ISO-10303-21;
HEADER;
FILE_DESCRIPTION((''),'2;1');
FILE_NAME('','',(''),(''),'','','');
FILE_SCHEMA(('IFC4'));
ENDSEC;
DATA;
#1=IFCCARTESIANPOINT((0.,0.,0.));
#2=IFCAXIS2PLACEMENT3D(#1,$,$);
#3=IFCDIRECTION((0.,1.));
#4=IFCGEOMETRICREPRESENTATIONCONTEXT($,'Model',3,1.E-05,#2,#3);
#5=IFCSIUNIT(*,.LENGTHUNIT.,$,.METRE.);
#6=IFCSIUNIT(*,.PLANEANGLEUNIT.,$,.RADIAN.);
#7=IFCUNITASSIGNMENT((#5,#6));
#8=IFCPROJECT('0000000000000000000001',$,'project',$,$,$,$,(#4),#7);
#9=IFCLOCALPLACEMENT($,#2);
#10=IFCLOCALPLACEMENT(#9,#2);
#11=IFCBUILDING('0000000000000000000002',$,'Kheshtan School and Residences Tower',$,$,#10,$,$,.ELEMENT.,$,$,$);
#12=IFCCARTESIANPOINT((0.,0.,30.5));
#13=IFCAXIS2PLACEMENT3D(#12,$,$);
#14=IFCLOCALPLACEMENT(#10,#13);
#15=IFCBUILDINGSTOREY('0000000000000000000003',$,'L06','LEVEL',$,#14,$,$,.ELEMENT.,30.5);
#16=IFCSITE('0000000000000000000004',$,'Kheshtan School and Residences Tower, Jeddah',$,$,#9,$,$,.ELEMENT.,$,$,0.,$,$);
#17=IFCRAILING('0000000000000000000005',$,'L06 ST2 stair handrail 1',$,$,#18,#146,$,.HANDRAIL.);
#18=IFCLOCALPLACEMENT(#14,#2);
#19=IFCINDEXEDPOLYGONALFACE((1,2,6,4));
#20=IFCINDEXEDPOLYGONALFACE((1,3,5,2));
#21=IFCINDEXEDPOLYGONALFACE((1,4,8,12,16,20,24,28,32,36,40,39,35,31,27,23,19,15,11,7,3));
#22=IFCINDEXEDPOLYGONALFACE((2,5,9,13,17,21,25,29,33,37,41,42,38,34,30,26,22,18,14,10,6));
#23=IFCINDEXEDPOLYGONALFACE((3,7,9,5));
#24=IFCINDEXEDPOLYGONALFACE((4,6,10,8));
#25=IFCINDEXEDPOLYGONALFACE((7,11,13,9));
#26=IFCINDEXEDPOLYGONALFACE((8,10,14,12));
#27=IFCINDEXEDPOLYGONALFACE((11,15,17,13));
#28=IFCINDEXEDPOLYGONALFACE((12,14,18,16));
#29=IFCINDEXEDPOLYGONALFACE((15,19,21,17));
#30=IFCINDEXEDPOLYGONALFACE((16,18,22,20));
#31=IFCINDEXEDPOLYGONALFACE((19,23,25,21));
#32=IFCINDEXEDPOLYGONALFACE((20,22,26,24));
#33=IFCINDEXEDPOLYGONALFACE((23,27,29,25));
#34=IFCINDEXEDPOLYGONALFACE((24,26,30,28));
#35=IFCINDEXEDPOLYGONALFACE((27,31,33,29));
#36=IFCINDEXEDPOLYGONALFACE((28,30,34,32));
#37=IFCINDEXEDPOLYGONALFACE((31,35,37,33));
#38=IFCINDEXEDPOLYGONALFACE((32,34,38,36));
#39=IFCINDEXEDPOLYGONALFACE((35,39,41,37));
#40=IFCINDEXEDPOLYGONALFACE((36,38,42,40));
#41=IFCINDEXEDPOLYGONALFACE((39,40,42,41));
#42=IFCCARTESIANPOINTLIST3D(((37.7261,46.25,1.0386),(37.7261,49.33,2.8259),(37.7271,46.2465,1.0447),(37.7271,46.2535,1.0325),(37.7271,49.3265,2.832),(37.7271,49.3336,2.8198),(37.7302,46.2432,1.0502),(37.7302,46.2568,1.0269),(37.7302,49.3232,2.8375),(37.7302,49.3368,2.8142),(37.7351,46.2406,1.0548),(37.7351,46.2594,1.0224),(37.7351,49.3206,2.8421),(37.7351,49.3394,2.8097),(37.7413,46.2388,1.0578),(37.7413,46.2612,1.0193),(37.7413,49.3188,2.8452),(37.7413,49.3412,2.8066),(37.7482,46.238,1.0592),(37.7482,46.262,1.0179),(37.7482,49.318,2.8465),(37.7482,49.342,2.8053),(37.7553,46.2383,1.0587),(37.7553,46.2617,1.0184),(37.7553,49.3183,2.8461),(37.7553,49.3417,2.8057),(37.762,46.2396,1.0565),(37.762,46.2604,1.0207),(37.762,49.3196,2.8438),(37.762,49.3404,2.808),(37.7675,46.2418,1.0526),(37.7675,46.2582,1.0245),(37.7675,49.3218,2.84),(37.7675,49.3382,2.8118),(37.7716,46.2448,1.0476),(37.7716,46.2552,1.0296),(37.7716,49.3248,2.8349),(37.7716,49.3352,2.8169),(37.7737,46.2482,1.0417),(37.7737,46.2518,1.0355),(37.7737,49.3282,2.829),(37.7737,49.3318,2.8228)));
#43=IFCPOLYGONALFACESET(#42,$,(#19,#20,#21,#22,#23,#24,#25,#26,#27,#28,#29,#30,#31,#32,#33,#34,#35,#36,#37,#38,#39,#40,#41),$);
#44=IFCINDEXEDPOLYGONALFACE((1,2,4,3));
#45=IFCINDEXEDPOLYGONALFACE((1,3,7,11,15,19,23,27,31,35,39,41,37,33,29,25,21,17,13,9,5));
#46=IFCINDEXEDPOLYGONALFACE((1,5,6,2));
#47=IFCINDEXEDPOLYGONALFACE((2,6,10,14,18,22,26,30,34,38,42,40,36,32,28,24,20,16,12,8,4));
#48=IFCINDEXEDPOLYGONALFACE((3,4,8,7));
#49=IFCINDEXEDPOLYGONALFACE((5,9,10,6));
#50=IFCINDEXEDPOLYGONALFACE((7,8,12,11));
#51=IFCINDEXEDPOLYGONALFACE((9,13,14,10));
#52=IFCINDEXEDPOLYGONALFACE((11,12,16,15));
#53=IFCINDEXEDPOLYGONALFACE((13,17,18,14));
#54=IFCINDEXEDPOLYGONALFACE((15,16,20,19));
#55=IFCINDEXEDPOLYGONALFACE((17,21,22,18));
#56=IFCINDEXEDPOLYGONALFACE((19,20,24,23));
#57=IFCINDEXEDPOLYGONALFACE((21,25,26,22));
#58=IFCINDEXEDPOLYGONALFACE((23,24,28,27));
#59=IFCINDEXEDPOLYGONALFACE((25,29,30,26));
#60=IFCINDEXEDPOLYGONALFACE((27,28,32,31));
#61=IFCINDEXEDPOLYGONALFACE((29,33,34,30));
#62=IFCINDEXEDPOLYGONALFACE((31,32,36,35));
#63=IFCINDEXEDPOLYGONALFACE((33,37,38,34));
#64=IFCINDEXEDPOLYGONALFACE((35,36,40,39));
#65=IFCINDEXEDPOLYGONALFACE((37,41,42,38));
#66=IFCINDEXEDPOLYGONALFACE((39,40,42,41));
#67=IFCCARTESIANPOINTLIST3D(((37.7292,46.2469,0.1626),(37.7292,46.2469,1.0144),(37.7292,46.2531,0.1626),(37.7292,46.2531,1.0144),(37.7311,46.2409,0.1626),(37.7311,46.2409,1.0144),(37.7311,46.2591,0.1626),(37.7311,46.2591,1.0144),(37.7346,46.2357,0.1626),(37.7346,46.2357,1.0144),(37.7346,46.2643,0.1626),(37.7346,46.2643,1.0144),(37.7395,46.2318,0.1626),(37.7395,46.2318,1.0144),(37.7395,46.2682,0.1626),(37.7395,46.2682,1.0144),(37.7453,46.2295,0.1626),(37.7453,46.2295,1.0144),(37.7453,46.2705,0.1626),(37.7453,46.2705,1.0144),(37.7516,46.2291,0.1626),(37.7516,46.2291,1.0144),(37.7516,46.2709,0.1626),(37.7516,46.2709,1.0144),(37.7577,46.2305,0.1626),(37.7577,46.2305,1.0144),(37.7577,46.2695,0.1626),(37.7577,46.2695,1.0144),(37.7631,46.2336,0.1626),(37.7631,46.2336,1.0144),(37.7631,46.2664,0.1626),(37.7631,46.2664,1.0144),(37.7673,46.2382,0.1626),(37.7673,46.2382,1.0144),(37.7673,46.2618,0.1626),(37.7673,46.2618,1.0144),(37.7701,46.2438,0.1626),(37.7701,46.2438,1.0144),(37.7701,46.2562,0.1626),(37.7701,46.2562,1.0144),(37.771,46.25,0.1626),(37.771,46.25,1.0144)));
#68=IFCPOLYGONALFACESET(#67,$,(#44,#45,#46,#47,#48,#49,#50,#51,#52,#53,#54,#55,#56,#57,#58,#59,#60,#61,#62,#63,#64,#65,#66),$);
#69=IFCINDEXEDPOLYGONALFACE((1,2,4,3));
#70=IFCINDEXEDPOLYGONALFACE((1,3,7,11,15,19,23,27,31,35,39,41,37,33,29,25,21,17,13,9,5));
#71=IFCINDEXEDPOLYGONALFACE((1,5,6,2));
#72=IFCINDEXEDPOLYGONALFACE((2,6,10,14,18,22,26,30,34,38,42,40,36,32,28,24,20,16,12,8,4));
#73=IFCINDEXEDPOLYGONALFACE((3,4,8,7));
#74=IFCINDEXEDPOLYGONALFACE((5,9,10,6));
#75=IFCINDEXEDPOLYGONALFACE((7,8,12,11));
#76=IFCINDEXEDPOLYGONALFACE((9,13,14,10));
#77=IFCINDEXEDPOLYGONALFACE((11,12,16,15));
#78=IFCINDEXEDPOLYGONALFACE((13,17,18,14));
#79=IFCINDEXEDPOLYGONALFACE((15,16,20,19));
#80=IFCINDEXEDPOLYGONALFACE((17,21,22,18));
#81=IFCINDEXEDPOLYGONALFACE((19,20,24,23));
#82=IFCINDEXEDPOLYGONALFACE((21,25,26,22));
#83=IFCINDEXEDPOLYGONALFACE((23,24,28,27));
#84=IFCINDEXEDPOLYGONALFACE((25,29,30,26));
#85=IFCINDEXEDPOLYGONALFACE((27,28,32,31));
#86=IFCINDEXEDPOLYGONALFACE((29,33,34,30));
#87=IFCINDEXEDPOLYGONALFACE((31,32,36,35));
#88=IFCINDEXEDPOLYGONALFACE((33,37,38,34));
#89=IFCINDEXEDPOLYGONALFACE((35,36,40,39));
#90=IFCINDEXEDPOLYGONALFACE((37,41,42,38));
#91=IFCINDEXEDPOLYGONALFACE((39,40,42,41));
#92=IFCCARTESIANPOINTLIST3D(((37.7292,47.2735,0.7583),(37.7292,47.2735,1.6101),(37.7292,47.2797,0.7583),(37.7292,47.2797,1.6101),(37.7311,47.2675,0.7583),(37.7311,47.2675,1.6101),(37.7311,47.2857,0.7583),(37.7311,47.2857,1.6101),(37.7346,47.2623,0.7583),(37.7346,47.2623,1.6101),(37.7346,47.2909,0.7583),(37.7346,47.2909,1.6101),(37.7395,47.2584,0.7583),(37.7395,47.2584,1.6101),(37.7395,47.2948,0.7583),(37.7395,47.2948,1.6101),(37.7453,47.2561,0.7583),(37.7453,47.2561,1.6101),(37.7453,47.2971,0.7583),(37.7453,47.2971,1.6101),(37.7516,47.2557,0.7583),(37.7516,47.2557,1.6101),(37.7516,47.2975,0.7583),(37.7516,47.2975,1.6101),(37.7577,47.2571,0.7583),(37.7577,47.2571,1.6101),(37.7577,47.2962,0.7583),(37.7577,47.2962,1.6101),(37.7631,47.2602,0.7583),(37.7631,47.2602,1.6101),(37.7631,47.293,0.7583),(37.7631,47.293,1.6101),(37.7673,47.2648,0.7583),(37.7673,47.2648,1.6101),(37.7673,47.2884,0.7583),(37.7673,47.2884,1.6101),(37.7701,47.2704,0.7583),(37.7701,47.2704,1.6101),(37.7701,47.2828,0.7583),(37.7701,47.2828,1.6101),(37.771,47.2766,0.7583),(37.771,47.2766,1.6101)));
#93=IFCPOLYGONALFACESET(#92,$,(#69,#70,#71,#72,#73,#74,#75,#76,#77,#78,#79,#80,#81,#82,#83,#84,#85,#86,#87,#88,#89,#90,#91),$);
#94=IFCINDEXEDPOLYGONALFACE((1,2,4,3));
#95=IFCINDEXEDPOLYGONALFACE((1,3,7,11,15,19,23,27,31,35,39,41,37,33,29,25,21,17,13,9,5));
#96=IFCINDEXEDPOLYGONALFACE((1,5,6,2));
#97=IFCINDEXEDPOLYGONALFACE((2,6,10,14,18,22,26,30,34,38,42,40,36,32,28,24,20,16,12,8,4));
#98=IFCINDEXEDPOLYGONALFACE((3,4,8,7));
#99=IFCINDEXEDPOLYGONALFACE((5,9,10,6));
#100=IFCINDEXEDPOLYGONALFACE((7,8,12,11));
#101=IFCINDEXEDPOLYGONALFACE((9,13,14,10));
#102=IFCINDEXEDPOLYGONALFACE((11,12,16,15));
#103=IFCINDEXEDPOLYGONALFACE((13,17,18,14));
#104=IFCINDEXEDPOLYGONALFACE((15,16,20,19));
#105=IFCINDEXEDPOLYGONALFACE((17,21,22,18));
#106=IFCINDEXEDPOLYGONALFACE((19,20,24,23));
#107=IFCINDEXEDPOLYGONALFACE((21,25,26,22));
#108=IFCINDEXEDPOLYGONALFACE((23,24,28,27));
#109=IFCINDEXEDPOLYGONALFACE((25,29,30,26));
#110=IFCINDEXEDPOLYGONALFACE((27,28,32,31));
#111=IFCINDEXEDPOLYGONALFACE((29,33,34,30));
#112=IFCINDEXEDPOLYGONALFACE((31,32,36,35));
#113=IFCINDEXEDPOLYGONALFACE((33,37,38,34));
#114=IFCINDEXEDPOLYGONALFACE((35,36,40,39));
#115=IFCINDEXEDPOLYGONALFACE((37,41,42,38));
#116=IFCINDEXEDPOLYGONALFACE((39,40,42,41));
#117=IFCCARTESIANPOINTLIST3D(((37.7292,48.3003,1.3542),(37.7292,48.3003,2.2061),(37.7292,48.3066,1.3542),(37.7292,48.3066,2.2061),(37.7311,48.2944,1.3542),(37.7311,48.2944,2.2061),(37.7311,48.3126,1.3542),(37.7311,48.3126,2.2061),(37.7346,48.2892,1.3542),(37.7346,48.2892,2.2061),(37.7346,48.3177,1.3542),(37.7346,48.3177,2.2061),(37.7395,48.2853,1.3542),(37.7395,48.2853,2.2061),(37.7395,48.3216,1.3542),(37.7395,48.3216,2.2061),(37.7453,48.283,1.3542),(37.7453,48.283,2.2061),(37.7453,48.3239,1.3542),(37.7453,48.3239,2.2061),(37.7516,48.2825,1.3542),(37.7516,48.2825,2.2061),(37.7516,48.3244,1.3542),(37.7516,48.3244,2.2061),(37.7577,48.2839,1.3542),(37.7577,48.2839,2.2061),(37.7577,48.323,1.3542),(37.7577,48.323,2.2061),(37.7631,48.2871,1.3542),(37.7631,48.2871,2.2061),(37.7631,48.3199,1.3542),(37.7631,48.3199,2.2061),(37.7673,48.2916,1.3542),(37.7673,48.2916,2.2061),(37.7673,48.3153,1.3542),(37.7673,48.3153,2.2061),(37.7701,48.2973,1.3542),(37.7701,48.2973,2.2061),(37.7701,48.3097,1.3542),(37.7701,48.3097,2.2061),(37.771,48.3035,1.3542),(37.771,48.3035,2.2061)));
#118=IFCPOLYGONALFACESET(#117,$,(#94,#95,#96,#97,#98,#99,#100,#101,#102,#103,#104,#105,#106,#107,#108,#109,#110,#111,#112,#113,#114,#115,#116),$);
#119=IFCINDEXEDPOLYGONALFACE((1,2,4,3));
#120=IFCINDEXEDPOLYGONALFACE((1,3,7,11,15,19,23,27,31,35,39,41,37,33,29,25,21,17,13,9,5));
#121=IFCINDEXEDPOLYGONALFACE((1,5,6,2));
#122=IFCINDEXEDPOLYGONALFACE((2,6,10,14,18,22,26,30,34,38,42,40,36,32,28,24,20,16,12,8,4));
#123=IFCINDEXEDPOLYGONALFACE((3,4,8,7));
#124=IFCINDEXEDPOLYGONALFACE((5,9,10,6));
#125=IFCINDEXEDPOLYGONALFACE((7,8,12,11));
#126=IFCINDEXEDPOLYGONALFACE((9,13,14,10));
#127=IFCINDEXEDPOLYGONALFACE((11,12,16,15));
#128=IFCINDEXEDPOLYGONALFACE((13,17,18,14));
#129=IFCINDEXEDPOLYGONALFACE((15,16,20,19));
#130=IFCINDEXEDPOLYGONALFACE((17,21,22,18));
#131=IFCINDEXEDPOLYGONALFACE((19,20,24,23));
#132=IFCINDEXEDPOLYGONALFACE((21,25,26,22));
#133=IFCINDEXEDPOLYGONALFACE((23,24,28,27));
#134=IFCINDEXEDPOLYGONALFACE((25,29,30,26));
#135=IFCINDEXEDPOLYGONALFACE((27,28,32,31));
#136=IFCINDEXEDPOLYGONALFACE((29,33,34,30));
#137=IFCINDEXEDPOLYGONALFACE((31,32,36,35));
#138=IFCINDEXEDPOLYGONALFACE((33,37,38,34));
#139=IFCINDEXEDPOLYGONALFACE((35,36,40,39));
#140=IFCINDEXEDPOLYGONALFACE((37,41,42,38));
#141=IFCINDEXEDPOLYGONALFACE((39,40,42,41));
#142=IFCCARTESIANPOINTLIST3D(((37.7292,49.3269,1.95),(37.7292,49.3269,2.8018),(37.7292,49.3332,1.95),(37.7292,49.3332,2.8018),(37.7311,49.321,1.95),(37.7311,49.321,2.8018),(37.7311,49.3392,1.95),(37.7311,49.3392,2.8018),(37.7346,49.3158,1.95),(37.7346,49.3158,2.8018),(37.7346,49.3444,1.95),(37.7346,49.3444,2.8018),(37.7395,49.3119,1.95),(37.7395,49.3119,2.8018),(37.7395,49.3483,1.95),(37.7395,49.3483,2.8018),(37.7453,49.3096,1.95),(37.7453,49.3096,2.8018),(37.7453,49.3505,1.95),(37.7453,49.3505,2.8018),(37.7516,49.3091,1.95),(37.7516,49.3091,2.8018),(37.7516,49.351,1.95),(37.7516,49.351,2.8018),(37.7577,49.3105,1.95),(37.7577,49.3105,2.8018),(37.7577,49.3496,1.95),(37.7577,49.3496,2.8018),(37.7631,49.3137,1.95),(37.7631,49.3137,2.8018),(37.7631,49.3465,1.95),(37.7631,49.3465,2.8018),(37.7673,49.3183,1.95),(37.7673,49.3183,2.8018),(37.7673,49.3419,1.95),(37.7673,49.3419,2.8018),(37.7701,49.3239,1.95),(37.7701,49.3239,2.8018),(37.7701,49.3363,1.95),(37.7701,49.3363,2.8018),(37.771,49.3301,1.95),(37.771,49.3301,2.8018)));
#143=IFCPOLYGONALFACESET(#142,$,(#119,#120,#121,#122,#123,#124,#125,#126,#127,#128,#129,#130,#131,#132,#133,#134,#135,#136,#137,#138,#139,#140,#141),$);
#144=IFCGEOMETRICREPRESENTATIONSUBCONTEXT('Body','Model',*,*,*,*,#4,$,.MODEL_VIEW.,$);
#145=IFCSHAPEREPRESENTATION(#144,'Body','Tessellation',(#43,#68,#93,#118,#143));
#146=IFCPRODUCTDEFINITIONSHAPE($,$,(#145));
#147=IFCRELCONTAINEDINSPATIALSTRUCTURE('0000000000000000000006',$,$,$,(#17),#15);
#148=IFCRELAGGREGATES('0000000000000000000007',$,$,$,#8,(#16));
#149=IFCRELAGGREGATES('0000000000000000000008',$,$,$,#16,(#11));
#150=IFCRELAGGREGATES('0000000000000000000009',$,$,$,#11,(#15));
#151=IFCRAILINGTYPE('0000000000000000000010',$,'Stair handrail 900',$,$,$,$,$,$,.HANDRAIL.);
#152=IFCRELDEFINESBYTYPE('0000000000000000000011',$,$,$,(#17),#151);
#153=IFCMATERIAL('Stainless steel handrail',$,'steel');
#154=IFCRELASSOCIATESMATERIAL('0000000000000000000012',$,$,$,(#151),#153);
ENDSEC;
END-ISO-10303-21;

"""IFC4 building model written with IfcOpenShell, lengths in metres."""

from ifc_helpers import new_model, si_unit, direction, frame, origin, origin_2d, place, context, subcontext, project, spatial, circle, extrude, material, type_object, element, save


model = new_model("IFC4")

# Units and contexts
model_context = context("Model", 3, precision=1e-05, world=origin(), true_north=direction((0.0, 1.0)))
body_context = subcontext(model_context, "Body", "Model", "MODEL_VIEW")
ifc_project = project(units=[si_unit("LENGTHUNIT", "METRE"), si_unit("PLANEANGLEUNIT", "RADIAN")], contexts=[model_context])

# Site, building, storey
site_placement = place(None, origin())
site = spatial("IfcSite", under=ifc_project, at=site_placement, Name="Kheshtan School and Residences Tower, Jeddah", CompositionType="ELEMENT", RefElevation=0.0)
building_placement = place(site_placement, origin())
building = spatial("IfcBuilding", under=site, at=building_placement, Name="Kheshtan School and Residences Tower", CompositionType="ELEMENT")
storey_placement = place(building_placement, frame((0.0, 0.0, 30.5)))
storey = spatial("IfcBuildingStorey", under=building, at=storey_placement, Name="L06", Description="LEVEL", CompositionType="ELEMENT", Elevation=30.5)

# Railing
ifc_material_1 = material(Name="Stainless steel handrail", Category="steel")
railing_type_1 = type_object("IfcRailingType", Name="Stair handrail 900", PredefinedType="HANDRAIL", material=ifc_material_1)
railing_1_placement = place(storey_placement, frame((37.75, 46.25, 0.1626)))
element("IfcRailing", 1, at=railing_1_placement, inside=storey, type_object=railing_type_1, Name="L06 ST2 stair handrail 1", PredefinedType="HANDRAIL", context=body_context, shape_type="SweptSolid", body=[
    extrude(circle(Radius=0.0239, at=origin_2d()), frame((0.0, 0.0, 0.876), z_axis=(0.0, 0.86492, 0.501909), x_axis=(-1.0, 0.0, 0.0)), (0.0, 0.0, 1.0), 3.561),
    extrude(circle(Radius=0.021, at=origin_2d()), origin(), (0.0, 0.0, 1.0), 0.8518),
    extrude(circle(Radius=0.021, at=origin_2d()), frame((0.0, 1.0266, 0.5957)), (0.0, 0.0, 1.0), 0.8518),
    extrude(circle(Radius=0.021, at=origin_2d()), frame((0.0, 2.0535, 1.1917)), (0.0, 0.0, 1.0), 0.8518),
    extrude(circle(Radius=0.021, at=origin_2d()), frame((0.0, 3.0801, 1.7874)), (0.0, 0.0, 1.0), 0.8518),
])

save(model, "model.ifc")
